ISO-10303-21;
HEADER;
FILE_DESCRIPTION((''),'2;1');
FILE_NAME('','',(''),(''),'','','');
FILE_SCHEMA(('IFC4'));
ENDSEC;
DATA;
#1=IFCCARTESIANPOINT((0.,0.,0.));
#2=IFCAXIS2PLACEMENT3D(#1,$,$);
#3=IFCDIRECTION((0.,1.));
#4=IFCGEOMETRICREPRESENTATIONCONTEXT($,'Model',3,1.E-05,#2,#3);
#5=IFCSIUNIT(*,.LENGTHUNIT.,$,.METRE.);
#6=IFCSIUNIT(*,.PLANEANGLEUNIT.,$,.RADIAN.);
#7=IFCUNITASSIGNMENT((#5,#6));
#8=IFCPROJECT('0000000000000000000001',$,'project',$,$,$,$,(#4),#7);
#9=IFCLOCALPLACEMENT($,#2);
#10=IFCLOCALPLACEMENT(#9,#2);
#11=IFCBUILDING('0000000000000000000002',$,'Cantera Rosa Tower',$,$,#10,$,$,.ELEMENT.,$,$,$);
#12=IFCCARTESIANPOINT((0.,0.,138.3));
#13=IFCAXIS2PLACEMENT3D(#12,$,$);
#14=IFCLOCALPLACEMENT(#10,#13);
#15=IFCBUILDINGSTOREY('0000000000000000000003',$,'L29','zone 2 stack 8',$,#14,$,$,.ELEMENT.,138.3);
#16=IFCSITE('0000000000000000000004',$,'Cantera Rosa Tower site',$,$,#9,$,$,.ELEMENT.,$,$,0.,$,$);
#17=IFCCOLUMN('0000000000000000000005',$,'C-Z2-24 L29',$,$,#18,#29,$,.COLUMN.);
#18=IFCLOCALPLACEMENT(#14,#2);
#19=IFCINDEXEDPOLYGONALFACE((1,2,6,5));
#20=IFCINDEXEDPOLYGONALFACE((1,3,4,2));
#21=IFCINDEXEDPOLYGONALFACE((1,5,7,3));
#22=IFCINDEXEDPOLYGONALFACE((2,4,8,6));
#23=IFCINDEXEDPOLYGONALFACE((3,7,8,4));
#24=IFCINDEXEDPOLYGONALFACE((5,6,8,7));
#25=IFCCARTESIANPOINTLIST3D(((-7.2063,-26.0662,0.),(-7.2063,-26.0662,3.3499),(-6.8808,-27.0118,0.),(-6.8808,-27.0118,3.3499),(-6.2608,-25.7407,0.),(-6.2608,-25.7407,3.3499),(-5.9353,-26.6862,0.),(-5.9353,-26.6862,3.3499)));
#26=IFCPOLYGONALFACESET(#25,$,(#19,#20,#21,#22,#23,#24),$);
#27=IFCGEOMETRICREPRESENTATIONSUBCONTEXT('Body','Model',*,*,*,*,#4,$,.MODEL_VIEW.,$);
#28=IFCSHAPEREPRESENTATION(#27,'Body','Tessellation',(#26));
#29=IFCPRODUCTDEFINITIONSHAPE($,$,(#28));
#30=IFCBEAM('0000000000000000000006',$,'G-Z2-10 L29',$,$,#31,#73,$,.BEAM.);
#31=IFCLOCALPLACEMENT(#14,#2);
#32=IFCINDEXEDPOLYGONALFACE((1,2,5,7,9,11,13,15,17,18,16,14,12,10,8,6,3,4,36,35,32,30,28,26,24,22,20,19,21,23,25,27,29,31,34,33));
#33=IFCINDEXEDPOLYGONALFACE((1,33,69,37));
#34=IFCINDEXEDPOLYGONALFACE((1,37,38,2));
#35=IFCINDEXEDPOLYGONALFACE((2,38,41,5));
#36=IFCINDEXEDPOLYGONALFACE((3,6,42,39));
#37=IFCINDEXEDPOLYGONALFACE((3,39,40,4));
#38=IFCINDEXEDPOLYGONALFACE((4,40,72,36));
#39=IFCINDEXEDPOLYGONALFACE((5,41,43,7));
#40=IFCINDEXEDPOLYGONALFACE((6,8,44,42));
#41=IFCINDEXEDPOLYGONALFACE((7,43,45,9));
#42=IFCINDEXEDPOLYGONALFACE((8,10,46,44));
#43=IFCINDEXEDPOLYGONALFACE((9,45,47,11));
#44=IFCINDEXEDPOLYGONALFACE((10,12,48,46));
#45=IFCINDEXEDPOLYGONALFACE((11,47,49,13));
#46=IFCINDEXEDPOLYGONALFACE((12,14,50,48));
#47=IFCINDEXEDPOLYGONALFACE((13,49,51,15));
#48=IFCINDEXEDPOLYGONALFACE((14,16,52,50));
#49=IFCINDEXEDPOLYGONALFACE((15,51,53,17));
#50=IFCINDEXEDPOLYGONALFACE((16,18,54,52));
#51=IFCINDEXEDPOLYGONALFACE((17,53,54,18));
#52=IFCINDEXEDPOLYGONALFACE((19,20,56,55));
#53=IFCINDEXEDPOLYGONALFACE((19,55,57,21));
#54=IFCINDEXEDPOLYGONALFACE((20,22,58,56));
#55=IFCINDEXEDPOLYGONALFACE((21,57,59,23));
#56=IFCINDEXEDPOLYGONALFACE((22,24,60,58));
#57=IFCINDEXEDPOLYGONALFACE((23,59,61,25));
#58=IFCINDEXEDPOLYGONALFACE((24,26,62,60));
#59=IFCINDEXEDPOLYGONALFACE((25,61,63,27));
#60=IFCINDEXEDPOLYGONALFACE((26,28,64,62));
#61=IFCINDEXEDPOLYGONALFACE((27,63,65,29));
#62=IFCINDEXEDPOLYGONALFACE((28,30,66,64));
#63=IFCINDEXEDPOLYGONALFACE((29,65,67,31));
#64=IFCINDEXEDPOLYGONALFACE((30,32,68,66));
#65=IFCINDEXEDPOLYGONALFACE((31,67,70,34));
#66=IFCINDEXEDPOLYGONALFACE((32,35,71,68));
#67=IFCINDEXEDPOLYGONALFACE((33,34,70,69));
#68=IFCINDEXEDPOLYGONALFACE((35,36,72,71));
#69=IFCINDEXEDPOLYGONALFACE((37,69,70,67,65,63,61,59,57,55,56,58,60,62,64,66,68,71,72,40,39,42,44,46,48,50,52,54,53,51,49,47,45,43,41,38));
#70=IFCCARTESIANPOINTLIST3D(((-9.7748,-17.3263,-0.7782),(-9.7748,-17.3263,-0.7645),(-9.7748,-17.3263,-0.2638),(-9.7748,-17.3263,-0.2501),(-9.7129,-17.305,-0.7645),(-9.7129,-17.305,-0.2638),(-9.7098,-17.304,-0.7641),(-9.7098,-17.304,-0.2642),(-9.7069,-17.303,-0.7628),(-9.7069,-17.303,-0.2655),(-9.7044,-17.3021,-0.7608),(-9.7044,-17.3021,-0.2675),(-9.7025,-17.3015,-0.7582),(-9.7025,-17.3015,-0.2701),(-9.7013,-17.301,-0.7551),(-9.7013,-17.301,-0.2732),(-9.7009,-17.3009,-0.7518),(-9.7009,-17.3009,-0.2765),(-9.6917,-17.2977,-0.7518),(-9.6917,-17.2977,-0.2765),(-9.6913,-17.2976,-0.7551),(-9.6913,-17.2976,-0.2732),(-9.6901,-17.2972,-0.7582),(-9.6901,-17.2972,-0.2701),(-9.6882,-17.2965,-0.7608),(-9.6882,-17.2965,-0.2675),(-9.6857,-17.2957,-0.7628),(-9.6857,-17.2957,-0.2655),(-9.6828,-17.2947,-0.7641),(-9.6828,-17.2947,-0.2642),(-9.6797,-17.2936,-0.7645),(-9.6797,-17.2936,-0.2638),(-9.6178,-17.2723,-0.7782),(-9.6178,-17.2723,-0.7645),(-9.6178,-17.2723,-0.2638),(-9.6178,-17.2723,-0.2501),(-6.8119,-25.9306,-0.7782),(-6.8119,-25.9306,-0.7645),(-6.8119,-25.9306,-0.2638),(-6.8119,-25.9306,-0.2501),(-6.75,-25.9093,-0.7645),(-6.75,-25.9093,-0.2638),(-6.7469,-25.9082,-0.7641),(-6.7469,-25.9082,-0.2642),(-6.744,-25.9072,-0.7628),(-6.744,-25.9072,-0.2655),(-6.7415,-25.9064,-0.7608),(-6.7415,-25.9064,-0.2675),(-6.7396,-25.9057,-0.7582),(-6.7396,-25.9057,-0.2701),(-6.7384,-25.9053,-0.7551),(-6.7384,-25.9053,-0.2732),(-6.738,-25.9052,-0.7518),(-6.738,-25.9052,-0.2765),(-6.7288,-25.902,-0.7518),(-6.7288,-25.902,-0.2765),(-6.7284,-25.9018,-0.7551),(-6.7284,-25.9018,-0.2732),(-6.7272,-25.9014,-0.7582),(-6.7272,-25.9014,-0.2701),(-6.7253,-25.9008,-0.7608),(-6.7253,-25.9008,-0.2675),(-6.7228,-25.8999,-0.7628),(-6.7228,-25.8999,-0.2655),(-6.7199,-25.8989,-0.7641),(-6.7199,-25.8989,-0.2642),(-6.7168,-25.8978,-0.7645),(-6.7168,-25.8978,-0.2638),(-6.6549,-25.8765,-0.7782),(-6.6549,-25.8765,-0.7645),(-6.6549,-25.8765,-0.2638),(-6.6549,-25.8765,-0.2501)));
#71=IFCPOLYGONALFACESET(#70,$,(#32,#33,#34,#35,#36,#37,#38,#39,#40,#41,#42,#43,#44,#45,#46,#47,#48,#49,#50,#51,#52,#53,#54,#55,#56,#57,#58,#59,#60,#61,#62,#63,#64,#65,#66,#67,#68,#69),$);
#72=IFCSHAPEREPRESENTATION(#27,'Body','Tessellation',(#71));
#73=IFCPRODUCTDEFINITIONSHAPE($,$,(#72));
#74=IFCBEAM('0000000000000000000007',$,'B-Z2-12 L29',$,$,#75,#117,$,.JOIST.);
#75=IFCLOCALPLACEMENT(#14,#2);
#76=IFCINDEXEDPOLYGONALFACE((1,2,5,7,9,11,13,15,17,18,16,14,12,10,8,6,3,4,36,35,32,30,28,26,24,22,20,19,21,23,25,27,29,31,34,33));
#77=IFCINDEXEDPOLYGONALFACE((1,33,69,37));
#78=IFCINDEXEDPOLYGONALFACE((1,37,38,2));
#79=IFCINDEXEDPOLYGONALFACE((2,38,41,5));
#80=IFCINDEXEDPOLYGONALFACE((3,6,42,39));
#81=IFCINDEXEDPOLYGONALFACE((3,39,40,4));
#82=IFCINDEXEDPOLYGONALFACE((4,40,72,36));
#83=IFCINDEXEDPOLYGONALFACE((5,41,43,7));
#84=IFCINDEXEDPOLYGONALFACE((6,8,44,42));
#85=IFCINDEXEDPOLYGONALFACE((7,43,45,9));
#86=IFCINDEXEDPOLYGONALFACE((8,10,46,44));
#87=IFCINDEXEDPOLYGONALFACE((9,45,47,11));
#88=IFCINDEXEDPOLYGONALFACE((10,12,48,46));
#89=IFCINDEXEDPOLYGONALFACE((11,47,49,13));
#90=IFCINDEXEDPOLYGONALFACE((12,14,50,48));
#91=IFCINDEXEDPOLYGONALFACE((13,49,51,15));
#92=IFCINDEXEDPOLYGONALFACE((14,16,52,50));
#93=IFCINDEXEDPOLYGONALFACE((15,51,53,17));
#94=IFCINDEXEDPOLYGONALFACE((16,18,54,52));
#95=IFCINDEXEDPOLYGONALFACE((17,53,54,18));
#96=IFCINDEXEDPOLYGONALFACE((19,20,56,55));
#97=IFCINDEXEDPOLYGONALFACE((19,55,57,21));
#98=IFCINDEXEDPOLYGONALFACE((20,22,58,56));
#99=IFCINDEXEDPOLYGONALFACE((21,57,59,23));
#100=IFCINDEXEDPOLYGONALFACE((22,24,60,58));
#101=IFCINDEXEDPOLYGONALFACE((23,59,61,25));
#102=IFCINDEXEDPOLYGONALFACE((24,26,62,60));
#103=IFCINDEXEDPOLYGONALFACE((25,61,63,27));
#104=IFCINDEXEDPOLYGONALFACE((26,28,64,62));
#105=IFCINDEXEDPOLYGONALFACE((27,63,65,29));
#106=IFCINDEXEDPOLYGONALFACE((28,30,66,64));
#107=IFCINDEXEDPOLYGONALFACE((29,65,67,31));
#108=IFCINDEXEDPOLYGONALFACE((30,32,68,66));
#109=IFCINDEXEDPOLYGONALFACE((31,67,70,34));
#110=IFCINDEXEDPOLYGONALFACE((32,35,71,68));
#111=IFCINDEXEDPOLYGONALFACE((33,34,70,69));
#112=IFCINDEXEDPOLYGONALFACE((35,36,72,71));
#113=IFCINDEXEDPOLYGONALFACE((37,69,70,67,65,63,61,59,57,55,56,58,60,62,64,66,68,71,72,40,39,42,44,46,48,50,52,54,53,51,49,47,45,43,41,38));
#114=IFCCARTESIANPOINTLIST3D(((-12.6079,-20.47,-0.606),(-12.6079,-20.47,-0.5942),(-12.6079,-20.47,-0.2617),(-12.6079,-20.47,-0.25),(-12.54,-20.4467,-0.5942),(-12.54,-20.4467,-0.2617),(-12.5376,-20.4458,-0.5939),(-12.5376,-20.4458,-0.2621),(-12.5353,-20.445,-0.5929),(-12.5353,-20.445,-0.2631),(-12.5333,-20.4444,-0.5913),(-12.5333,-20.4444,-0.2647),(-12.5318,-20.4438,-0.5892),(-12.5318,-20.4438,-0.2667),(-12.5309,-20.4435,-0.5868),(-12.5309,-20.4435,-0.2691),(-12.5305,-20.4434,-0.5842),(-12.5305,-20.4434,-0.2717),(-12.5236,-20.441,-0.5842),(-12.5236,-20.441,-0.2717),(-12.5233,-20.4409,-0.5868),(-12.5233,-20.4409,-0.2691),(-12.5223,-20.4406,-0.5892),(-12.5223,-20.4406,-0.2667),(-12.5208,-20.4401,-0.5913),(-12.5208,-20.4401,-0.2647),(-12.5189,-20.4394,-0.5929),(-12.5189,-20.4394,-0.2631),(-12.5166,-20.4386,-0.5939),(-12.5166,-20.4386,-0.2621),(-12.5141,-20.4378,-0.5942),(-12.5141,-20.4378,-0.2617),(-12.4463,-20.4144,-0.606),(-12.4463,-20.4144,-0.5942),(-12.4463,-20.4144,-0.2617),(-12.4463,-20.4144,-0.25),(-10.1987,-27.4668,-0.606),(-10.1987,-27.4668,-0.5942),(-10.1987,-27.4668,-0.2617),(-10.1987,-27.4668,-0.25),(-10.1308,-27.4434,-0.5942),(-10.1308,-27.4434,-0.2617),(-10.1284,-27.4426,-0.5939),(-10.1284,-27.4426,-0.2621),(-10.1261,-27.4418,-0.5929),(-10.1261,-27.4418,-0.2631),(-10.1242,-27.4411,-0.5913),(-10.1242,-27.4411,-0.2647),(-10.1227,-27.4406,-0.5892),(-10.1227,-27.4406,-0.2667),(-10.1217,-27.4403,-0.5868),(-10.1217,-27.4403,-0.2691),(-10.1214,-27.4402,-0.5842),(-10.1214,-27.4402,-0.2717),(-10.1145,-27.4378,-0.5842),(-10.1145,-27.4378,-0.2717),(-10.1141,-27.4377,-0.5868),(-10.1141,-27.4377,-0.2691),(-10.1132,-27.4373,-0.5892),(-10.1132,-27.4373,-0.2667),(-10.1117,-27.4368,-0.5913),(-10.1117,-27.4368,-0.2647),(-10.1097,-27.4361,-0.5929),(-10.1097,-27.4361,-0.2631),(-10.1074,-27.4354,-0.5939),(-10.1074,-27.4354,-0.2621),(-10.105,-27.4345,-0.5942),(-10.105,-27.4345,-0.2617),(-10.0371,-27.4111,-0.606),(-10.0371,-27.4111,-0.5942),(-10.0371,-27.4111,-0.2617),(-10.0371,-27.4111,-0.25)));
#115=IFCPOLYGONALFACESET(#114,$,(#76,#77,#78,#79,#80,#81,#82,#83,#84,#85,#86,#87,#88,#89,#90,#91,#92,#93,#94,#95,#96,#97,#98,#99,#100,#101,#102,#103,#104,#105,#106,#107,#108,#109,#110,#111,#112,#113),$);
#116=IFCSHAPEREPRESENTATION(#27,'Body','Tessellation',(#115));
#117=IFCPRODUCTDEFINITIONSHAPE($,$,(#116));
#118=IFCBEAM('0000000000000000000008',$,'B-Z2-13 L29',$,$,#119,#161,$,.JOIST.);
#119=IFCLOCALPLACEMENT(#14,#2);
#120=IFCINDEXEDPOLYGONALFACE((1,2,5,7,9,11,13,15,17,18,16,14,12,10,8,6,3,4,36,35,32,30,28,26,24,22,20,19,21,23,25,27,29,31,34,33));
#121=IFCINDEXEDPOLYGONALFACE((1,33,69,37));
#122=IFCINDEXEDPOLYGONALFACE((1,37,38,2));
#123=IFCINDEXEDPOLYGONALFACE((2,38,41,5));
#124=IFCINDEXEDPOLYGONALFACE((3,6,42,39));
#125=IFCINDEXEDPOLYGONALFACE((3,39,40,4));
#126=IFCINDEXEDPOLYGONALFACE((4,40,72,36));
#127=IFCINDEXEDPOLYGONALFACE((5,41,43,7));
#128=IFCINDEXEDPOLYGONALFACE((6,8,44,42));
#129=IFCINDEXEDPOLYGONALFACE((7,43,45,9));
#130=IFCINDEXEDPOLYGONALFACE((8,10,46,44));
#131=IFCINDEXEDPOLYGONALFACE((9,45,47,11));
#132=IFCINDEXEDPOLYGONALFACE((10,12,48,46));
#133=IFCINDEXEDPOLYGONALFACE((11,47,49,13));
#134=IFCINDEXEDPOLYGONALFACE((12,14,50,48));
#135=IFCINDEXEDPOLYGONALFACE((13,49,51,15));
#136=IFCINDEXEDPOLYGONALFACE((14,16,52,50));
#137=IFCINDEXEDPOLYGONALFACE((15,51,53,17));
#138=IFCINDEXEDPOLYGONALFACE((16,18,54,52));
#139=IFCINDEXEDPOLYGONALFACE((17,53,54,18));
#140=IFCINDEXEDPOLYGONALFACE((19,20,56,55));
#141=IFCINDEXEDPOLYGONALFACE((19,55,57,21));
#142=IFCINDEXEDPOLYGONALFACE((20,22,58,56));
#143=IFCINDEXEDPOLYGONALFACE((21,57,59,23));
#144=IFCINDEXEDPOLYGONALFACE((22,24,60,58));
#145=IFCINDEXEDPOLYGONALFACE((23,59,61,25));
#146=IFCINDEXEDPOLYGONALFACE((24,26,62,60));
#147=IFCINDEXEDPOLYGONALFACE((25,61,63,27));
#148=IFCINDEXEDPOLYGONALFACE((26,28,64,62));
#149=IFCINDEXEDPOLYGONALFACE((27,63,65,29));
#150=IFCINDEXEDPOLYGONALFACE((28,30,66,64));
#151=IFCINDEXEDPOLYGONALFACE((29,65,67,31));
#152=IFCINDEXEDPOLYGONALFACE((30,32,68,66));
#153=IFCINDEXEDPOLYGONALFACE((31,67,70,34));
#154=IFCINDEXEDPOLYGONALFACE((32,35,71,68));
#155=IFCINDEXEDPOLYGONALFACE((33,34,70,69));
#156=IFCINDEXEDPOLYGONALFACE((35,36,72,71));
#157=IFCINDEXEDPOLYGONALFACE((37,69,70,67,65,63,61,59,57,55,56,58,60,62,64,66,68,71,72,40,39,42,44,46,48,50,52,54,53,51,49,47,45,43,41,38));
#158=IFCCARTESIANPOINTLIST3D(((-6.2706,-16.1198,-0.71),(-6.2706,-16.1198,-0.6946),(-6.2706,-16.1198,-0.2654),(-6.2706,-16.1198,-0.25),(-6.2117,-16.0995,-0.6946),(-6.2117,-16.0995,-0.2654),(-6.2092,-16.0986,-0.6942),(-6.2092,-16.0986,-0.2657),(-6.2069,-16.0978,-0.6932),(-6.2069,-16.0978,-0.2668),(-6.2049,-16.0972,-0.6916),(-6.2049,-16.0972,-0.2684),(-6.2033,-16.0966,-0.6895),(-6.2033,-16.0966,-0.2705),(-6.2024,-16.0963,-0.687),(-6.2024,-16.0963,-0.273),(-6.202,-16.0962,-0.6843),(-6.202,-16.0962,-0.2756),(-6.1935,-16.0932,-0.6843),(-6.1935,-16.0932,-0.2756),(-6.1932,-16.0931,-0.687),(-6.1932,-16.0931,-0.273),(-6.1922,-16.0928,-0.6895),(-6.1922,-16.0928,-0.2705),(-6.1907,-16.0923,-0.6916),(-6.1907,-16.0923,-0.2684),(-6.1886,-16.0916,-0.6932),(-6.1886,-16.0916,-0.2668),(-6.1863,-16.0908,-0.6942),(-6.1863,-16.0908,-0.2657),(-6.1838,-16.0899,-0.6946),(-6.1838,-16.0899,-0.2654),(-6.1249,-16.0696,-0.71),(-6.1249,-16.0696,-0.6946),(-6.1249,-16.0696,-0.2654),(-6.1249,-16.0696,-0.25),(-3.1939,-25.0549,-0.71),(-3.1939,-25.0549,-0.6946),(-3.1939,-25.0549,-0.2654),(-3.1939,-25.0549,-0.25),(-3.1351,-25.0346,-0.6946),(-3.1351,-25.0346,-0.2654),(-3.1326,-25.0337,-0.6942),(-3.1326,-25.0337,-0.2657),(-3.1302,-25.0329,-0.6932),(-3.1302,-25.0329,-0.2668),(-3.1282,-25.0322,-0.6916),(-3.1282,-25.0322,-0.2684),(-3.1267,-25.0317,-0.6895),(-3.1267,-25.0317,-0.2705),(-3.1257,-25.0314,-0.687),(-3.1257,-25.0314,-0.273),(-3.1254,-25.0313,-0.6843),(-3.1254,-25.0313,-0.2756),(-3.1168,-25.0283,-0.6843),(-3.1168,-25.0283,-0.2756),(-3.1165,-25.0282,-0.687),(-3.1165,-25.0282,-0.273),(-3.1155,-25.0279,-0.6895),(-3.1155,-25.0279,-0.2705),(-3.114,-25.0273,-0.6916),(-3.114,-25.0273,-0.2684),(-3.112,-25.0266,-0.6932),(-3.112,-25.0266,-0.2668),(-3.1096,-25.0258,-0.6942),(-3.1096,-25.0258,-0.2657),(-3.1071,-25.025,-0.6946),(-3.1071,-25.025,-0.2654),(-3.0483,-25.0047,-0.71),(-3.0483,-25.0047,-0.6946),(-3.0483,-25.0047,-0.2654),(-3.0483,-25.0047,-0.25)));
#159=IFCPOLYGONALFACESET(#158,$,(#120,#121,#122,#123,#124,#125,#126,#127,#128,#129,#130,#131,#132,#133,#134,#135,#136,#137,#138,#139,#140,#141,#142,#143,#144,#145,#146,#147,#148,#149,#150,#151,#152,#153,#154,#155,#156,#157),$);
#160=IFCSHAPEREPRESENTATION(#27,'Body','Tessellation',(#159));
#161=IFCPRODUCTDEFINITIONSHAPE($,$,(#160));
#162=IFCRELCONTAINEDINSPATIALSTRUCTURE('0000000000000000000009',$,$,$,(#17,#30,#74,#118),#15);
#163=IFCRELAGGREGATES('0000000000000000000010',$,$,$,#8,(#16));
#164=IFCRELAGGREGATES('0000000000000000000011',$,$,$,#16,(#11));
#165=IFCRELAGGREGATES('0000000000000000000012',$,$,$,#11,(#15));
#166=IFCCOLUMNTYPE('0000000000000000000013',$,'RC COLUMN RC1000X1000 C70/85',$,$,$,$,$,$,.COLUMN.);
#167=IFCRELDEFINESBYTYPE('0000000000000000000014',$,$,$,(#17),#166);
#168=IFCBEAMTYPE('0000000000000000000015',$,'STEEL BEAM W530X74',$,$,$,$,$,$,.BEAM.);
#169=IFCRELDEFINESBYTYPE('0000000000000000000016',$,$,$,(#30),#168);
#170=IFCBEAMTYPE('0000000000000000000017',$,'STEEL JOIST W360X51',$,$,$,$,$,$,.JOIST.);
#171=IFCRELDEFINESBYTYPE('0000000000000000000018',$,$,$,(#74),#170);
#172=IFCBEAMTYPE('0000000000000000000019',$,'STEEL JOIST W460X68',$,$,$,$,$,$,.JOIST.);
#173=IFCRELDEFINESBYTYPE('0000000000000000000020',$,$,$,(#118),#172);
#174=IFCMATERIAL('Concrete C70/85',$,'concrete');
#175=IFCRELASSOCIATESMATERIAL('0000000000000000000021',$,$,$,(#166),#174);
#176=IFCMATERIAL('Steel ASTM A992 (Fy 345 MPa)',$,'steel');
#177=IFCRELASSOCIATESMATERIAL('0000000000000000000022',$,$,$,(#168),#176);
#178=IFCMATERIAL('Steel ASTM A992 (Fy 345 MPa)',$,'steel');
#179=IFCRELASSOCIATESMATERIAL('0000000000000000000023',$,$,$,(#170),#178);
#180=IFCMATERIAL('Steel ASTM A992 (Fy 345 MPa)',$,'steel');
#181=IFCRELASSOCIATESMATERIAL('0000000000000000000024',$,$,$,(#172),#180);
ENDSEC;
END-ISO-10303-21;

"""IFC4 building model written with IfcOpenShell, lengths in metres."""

from ifc_helpers import new_model, si_unit, direction, frame, origin, origin_2d, place, context, subcontext, project, spatial, rectangle, i_section, extrude, material, material_profile, profile_set, type_object, element, save


model = new_model("IFC4")

# Units and contexts
model_context = context("Model", 3, precision=1e-05, world=origin(), true_north=direction((0.0, 1.0)))
body_context = subcontext(model_context, "Body", "Model", "MODEL_VIEW")
ifc_project = project(units=[si_unit("LENGTHUNIT", "METRE"), si_unit("PLANEANGLEUNIT", "RADIAN")], contexts=[model_context])

# Site, building, storey
site_placement = place(None, origin())
site = spatial("IfcSite", under=ifc_project, at=site_placement, Name="Cantera Rosa Tower site", CompositionType="ELEMENT", RefElevation=0.0)
building_placement = place(site_placement, origin())
building = spatial("IfcBuilding", under=site, at=building_placement, Name="Cantera Rosa Tower", CompositionType="ELEMENT")
storey_placement = place(building_placement, frame((0.0, 0.0, 138.3)))
storey = spatial("IfcBuildingStorey", under=building, at=storey_placement, Name="L29", Description="zone 2 stack 8", CompositionType="ELEMENT", Elevation=138.3)

# Column
ifc_material_1 = material(Name="Concrete C70/85", Category="concrete")
ifc_material_profile_1 = material_profile(ifc_material_1, rectangle(XDim=1.0, YDim=1.0, at=origin_2d()), Name="RC COLUMN RC1000X1000 C70/85")
ifc_profile_set_1 = profile_set([ifc_material_profile_1], Name="Concrete C70/85")
column_type = type_object("IfcColumnType", Name="RC COLUMN RC1000X1000 C70/85", PredefinedType="COLUMN", material=ifc_profile_set_1)
column_placement = place(storey_placement, frame((-6.5708, -26.3762, 0.0), z_axis=(0.0, 0.0, 1.0), x_axis=(0.945519, 0.325568, 0.0)))
element("IfcColumn", 1, at=column_placement, inside=storey, type_object=column_type, Name="C-Z2-24 L29", PredefinedType="COLUMN", context=body_context, shape_type="SweptSolid", body=[
    extrude(rectangle(XDim=1.0, YDim=1.0, at=origin_2d()), origin(), (0.0, 0.0, 1.0), 3.3499),
])

# Beams
ifc_material_2 = material(Name="Steel ASTM A992 (Fy 345 MPa)", Category="steel")
ifc_material_profile_2 = material_profile(ifc_material_2, i_section(OverallWidth=0.166, OverallDepth=0.5281, WebThickness=0.0098, FlangeThickness=0.0137, FilletRadius=0.0127, at=origin_2d()), Name="W530X74")
ifc_profile_set_2 = profile_set([ifc_material_profile_2], Name="Steel ASTM A992 (Fy 345 MPa)")
beam_type_1 = type_object("IfcBeamType", Name="STEEL BEAM W530X74", PredefinedType="BEAM", material=ifc_profile_set_2)
beam_1_placement = place(storey_placement, frame((-6.7334, -25.9036, -0.5142), z_axis=(-0.325589, 0.945511, 0.0), x_axis=(-0.945511, -0.325589, 0.0)))
element("IfcBeam", 2, at=beam_1_placement, inside=storey, type_object=beam_type_1, Name="G-Z2-10 L29", PredefinedType="BEAM", context=body_context, shape_type="SweptSolid", body=[
    extrude(i_section(OverallWidth=0.166, OverallDepth=0.5281, WebThickness=0.0098, FlangeThickness=0.0137, FilletRadius=0.0127, at=origin_2d()), origin(), (0.0, 0.0, 1.0), 9.1001),
])
ifc_material_3 = material(Name="Steel ASTM A992 (Fy 345 MPa)", Category="steel")
ifc_material_profile_3 = material_profile(ifc_material_3, i_section(OverallWidth=0.1709, OverallDepth=0.356, WebThickness=0.0073, FlangeThickness=0.0117, FilletRadius=0.01, at=origin_2d()), Name="W360X51")
ifc_profile_set_3 = profile_set([ifc_material_profile_3], Name="Steel ASTM A992 (Fy 345 MPa)")
beam_type_2 = type_object("IfcBeamType", Name="STEEL JOIST W360X51", PredefinedType="JOIST", material=ifc_profile_set_3)
beam_2_placement = place(storey_placement, frame((-10.1179, -27.439, -0.428), z_axis=(-0.325566, 0.945519, 0.0), x_axis=(-0.945519, -0.325566, 0.0)))
element("IfcBeam", 3, at=beam_2_placement, inside=storey, type_object=beam_type_2, Name="B-Z2-12 L29", PredefinedType="JOIST", context=body_context, shape_type="SweptSolid", body=[
    extrude(i_section(OverallWidth=0.1709, OverallDepth=0.356, WebThickness=0.0073, FlangeThickness=0.0117, FilletRadius=0.01, at=origin_2d()), origin(), (0.0, 0.0, 1.0), 7.3999),
])
ifc_material_4 = material(Name="Steel ASTM A992 (Fy 345 MPa)", Category="steel")
ifc_material_profile_4 = material_profile(ifc_material_4, i_section(OverallWidth=0.1541, OverallDepth=0.46, WebThickness=0.009, FlangeThickness=0.0154, FilletRadius=0.0103, at=origin_2d()), Name="W460X68")
ifc_profile_set_4 = profile_set([ifc_material_profile_4], Name="Steel ASTM A992 (Fy 345 MPa)")
beam_type_3 = type_object("IfcBeamType", Name="STEEL JOIST W460X68", PredefinedType="JOIST", material=ifc_profile_set_4)
beam_3_placement = place(storey_placement, frame((-3.1211, -25.0298, -0.48), z_axis=(-0.325575, 0.945516, 0.0), x_axis=(-0.945516, -0.325575, 0.0)))
element("IfcBeam", 4, at=beam_3_placement, inside=storey, type_object=beam_type_3, Name="B-Z2-13 L29", PredefinedType="JOIST", context=body_context, shape_type="SweptSolid", body=[
    extrude(i_section(OverallWidth=0.1541, OverallDepth=0.46, WebThickness=0.009, FlangeThickness=0.0154, FilletRadius=0.0103, at=origin_2d()), origin(), (0.0, 0.0, 1.0), 9.45),
])

save(model, "model.ifc")
